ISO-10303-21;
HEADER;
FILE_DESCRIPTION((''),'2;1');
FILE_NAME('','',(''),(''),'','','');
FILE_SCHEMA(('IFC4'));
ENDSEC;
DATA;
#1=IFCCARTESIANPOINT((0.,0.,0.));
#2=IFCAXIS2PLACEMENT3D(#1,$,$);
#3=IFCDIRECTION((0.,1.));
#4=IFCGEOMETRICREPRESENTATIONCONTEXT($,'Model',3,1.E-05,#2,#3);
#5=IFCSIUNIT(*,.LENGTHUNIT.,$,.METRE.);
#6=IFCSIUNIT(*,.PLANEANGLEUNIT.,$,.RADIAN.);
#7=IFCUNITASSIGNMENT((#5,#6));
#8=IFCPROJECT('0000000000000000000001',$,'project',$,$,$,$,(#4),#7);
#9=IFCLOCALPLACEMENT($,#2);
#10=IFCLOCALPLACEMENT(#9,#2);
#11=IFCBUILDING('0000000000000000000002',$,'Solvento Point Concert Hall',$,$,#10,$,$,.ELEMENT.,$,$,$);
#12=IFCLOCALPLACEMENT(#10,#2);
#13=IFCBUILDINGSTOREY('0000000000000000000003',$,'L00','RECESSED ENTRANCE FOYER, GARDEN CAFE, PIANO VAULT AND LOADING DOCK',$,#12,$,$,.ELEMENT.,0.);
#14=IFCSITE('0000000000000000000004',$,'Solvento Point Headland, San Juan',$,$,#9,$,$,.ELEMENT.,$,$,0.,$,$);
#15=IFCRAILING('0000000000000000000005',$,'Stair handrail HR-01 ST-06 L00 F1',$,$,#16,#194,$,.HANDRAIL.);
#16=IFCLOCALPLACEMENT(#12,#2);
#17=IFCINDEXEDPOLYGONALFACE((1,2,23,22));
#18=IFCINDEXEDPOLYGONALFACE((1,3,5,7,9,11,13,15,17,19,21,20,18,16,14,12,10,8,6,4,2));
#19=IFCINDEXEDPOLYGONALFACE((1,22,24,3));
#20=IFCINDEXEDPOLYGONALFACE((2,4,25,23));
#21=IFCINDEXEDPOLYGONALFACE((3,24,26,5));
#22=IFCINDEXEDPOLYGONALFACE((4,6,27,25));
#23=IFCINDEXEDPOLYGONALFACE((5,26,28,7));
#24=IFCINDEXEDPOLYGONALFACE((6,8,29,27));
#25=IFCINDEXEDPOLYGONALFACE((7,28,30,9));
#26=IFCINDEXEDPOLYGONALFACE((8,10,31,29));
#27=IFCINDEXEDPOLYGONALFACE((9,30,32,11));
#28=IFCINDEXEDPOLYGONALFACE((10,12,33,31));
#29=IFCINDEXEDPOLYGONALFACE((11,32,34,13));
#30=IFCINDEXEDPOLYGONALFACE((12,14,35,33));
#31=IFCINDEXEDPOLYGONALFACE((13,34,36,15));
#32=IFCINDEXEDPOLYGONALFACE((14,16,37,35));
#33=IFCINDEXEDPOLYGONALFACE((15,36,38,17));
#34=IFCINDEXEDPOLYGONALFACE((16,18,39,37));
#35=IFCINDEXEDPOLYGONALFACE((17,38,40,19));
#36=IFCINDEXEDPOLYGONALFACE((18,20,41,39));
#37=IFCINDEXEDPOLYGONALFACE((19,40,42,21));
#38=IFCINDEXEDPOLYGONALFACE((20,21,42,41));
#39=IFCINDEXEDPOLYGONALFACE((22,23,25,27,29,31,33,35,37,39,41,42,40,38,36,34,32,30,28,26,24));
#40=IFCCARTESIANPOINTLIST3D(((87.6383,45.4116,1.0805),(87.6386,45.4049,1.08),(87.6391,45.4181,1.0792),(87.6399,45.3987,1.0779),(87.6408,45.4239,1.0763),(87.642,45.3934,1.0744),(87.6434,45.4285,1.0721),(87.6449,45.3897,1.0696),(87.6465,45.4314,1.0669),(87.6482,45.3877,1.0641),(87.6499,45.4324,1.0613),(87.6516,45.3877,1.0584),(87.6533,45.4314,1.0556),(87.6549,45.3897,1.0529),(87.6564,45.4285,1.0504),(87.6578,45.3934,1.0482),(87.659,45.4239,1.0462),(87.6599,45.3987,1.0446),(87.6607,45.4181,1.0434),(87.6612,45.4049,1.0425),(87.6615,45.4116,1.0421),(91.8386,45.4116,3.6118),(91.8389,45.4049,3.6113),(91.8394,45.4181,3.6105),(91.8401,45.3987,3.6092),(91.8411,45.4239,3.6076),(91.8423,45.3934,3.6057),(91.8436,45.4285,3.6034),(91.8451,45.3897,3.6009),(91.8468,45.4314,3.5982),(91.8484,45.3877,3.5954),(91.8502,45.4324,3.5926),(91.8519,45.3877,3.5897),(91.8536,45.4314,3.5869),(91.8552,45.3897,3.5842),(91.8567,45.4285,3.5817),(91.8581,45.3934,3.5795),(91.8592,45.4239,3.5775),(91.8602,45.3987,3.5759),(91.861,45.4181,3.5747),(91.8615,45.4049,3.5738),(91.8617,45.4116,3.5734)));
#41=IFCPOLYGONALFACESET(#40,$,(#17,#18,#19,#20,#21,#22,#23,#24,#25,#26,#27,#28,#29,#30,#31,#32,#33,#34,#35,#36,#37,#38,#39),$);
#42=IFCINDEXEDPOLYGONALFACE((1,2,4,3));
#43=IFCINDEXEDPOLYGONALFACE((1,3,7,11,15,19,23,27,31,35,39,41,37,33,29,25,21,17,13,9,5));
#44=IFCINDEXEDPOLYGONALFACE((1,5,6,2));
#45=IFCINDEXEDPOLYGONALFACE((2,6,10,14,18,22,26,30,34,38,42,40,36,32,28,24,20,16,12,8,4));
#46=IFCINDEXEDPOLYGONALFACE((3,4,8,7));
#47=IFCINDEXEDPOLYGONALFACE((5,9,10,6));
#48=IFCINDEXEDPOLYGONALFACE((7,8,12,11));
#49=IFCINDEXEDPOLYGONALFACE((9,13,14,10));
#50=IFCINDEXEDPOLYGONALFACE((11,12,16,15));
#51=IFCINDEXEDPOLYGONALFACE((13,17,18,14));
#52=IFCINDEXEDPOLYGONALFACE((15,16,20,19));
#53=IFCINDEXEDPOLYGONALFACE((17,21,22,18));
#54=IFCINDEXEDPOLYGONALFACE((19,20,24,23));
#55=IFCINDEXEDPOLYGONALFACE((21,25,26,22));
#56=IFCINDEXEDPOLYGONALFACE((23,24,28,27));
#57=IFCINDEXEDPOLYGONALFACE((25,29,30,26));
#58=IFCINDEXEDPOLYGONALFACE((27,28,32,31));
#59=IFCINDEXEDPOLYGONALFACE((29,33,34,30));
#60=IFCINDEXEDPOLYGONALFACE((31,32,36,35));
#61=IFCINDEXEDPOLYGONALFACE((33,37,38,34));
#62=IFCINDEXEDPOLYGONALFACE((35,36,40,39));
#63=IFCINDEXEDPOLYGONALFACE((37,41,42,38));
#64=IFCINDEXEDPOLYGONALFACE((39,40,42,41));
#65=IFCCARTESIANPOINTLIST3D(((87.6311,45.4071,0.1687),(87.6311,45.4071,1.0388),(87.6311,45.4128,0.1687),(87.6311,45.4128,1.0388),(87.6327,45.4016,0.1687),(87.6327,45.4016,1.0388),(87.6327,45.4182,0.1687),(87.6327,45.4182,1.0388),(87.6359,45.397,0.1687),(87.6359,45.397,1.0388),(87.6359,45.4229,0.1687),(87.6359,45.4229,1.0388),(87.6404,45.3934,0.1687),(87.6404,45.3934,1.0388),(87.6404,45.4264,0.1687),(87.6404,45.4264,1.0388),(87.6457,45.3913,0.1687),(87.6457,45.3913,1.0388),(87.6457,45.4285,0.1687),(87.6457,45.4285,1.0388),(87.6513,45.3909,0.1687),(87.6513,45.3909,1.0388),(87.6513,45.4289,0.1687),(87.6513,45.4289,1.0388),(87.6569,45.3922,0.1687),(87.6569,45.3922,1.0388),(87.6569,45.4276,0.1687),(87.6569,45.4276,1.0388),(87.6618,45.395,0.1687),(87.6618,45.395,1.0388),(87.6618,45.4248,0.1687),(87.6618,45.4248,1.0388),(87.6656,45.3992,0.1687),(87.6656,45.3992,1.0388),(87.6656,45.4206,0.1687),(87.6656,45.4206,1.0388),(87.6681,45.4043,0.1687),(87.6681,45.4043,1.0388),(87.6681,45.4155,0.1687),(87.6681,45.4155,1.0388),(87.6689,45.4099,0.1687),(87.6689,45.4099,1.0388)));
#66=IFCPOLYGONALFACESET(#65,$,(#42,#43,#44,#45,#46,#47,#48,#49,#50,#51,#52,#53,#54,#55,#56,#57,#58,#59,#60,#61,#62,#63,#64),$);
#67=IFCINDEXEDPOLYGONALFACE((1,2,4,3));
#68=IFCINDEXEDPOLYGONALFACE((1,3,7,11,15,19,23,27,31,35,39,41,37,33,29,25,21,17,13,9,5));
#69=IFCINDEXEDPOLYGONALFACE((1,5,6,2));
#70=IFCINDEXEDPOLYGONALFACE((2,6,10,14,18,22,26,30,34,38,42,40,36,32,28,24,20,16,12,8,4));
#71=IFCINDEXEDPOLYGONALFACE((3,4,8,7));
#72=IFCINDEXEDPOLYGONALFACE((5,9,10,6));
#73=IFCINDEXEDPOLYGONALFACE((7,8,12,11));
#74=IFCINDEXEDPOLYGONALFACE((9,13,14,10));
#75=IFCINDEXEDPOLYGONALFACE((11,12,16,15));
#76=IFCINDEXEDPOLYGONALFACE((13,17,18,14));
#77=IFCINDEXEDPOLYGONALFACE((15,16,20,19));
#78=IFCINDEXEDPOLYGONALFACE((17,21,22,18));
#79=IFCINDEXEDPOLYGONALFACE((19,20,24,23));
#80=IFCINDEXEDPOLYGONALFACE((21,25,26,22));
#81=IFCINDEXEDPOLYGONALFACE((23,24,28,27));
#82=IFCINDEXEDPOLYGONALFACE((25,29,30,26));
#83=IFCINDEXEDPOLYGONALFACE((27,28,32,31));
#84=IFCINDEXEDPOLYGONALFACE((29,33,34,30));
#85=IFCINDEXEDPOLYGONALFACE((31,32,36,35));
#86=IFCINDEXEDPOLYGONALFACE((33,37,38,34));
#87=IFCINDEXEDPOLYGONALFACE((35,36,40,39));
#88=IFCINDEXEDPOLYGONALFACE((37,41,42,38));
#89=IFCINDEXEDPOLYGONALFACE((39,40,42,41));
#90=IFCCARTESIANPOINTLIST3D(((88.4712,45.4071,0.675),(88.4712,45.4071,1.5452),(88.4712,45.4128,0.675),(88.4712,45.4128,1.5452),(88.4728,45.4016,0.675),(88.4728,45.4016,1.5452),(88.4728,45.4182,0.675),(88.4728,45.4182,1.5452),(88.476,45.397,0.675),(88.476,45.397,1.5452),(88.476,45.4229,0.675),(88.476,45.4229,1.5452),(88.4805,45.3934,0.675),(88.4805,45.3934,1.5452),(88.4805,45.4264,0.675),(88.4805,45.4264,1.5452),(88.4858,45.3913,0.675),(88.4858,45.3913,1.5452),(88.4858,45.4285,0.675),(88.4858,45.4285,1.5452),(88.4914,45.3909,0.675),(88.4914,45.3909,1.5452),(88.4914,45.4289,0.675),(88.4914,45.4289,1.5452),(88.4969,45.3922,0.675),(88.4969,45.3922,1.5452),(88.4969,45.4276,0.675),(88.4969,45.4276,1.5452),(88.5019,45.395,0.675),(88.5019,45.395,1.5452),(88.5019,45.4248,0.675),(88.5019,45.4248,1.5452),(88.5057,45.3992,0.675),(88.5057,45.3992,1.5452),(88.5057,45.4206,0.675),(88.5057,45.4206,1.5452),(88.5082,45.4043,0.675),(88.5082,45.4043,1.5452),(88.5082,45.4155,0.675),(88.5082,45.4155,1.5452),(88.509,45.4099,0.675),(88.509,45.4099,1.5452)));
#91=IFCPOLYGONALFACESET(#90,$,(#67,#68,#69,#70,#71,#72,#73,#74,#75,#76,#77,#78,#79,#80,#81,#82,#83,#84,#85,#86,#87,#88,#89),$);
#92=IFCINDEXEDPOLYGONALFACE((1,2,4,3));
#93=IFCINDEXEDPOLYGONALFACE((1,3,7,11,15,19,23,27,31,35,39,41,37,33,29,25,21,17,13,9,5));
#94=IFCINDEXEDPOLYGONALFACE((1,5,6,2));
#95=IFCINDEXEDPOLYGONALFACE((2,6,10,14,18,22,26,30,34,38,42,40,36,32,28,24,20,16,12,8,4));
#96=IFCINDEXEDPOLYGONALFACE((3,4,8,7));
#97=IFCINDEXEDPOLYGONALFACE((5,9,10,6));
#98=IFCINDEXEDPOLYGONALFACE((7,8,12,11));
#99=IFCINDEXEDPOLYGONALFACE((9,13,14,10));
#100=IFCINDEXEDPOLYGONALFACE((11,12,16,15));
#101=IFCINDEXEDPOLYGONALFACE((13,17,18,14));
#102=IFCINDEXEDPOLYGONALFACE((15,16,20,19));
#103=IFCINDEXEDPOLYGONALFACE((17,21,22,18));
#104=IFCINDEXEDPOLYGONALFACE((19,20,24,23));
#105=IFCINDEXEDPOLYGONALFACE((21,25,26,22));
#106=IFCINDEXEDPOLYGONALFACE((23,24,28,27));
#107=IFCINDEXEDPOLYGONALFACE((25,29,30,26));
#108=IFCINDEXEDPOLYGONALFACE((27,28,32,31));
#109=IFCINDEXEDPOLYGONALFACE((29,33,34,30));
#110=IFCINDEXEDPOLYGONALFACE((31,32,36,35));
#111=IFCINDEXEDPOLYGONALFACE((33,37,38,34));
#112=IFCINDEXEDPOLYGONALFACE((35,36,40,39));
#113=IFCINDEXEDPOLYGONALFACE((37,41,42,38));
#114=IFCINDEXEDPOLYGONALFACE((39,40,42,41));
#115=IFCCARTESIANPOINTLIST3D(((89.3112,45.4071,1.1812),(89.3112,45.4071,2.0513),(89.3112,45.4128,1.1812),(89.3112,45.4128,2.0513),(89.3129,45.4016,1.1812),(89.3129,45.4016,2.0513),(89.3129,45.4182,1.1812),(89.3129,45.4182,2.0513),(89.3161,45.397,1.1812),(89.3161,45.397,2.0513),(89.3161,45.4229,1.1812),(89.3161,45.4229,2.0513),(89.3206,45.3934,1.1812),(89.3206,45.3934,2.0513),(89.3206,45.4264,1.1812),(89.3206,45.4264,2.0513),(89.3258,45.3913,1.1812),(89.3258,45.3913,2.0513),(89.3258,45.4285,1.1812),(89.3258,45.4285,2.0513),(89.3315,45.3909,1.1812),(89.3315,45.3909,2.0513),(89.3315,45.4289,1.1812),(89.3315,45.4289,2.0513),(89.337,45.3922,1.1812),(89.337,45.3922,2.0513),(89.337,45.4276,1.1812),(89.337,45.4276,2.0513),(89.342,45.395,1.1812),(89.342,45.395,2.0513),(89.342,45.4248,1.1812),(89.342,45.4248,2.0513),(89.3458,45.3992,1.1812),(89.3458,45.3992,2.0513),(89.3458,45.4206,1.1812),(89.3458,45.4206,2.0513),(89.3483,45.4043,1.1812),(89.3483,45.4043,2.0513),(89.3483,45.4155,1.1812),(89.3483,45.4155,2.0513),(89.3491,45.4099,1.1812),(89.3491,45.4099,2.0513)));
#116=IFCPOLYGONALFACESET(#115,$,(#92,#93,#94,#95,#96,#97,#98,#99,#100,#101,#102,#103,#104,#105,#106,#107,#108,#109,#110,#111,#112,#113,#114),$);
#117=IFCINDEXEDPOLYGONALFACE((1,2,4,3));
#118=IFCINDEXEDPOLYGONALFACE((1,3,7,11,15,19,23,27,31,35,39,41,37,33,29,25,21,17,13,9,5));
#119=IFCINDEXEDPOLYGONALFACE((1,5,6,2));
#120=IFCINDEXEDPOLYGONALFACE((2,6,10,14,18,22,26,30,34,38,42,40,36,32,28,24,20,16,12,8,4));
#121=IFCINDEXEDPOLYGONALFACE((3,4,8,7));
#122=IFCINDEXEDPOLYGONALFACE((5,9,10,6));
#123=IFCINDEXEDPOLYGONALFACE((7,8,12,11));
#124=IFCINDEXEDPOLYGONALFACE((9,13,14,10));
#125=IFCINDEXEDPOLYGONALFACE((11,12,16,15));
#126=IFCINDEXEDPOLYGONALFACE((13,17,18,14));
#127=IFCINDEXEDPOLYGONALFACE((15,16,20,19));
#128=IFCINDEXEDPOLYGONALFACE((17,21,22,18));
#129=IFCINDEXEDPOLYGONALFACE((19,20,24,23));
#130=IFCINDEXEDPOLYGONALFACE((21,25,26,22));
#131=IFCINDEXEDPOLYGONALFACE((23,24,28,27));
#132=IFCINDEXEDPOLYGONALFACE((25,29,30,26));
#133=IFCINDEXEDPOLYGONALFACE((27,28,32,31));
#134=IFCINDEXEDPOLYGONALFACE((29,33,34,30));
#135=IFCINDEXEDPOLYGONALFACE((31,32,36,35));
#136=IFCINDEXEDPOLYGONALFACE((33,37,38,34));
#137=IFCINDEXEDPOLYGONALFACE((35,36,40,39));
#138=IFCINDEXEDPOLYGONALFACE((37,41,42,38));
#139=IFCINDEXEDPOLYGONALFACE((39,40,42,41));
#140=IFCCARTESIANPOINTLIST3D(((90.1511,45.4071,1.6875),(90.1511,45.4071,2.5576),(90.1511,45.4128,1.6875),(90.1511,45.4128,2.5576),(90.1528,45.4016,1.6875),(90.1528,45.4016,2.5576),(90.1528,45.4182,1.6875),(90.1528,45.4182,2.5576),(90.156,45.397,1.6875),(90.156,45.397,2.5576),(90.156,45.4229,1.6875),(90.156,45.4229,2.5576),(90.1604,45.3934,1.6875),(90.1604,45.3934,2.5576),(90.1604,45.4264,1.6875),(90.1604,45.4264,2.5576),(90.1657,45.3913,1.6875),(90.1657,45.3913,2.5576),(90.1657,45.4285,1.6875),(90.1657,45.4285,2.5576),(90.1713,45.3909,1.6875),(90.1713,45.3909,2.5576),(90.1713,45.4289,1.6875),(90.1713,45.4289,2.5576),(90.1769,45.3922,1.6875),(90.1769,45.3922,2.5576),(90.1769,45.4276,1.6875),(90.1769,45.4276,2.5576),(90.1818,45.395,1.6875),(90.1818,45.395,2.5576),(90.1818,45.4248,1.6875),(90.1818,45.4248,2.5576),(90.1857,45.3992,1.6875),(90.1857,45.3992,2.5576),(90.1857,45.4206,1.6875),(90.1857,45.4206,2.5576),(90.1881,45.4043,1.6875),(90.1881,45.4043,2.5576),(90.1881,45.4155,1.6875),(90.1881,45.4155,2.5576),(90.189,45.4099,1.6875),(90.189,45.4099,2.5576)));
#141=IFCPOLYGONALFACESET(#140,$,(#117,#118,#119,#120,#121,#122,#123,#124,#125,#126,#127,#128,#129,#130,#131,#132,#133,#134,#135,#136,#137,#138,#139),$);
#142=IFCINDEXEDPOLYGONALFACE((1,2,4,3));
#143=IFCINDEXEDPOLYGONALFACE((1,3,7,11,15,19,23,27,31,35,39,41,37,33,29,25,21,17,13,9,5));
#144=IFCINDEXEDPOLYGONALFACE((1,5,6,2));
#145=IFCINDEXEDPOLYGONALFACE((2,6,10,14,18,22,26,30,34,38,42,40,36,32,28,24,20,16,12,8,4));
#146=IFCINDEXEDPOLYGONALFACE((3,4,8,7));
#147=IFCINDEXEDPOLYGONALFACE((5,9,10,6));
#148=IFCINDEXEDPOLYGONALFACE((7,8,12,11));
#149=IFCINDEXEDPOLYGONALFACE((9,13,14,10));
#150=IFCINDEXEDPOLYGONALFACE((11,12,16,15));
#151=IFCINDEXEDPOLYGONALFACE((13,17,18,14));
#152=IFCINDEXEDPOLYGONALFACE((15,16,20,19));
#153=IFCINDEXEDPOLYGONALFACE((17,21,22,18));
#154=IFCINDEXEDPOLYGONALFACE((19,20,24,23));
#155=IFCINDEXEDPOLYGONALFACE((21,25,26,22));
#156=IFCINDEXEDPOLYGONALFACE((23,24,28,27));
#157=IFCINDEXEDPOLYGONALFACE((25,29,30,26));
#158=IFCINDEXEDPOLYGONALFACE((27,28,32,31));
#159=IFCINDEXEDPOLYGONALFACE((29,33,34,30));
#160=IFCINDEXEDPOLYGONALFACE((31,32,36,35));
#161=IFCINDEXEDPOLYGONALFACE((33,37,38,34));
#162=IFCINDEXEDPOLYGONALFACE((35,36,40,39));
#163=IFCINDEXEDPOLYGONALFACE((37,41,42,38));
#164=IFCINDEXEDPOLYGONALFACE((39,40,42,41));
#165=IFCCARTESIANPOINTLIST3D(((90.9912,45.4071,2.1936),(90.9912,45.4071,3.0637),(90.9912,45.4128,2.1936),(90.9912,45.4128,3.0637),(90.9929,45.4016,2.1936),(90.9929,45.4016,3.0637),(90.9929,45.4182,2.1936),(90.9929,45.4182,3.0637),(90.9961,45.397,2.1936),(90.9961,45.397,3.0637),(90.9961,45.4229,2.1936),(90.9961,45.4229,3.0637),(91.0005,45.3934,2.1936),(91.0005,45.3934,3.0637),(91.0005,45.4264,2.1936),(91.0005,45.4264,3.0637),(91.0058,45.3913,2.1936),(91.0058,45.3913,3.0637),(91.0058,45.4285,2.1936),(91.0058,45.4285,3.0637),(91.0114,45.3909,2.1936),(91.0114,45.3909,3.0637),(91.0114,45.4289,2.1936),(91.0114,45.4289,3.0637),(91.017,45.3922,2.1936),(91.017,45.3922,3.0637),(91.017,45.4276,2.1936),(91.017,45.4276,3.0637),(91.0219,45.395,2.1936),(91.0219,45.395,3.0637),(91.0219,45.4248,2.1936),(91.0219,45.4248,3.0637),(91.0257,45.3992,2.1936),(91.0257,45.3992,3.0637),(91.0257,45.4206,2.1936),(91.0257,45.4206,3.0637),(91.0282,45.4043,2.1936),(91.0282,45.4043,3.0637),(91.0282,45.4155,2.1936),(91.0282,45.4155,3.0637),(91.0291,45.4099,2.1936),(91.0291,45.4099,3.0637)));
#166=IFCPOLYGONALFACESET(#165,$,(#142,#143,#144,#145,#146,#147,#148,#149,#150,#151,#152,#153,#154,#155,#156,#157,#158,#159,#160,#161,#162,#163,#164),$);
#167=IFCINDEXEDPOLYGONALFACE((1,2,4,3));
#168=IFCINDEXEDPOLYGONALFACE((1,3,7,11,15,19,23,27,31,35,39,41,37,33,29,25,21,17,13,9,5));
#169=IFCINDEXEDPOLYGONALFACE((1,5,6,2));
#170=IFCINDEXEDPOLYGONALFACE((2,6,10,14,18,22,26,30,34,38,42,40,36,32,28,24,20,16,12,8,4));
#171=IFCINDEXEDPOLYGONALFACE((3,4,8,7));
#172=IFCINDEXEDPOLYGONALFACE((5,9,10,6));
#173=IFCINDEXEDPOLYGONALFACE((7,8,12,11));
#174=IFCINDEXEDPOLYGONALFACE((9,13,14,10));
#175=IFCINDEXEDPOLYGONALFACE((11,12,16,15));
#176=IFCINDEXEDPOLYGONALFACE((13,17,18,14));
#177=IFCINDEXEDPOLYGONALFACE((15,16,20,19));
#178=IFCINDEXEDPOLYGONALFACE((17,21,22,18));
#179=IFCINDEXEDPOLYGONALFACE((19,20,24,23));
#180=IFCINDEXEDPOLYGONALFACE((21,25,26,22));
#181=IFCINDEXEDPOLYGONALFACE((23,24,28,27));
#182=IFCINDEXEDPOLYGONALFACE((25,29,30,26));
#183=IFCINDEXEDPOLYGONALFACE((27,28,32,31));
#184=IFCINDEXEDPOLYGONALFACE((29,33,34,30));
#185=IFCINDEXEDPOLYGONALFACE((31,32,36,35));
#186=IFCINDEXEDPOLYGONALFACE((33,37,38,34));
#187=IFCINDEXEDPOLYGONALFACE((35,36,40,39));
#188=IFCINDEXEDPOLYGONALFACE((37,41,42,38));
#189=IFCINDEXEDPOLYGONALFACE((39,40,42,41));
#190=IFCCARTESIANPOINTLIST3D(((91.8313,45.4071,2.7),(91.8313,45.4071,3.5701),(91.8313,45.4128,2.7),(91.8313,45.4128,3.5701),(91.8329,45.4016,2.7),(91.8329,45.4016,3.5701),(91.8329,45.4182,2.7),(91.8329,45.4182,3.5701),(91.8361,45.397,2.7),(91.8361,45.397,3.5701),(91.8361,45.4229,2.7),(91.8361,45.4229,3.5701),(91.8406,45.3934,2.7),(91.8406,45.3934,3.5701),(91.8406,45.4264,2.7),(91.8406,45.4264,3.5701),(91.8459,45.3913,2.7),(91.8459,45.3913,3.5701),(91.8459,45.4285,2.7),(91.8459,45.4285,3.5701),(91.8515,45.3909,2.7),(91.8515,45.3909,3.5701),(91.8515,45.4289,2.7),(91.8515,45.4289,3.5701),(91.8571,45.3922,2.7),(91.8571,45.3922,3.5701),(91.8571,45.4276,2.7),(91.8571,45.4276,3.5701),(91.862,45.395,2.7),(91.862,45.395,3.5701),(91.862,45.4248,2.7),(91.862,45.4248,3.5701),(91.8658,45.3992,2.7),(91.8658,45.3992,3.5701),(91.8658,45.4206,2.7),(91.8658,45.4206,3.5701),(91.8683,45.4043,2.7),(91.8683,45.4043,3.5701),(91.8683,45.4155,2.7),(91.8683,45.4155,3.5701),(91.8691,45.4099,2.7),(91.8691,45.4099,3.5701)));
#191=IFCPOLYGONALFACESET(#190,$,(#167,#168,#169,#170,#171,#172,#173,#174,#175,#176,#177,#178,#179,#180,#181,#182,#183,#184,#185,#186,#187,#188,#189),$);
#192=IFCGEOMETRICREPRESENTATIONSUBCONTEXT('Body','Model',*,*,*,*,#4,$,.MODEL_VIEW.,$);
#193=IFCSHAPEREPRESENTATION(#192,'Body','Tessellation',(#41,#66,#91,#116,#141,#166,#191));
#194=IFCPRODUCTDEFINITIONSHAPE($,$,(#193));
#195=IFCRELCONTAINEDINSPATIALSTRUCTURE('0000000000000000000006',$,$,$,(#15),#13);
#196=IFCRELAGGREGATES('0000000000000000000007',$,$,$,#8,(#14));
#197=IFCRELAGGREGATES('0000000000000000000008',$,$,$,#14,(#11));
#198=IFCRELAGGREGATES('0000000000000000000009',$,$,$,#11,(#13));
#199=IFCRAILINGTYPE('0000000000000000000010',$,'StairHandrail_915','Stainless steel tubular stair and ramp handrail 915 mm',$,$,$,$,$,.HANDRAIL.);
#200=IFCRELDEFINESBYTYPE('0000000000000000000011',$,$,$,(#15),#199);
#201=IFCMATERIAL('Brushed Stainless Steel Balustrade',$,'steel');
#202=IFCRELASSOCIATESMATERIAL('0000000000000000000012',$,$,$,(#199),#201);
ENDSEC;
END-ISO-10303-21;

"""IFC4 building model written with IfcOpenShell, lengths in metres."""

from ifc_helpers import new_model, si_unit, direction, frame, origin, origin_2d, place, context, subcontext, project, spatial, circle, extrude, material, type_object, element, save


model = new_model("IFC4")

# Units and contexts
model_context = context("Model", 3, precision=1e-05, world=origin(), true_north=direction((0.0, 1.0)))
body_context = subcontext(model_context, "Body", "Model", "MODEL_VIEW")
ifc_project = project(units=[si_unit("LENGTHUNIT", "METRE"), si_unit("PLANEANGLEUNIT", "RADIAN")], contexts=[model_context])

# Site, building, storey
site_placement = place(None, origin())
site = spatial("IfcSite", under=ifc_project, at=site_placement, Name="Solvento Point Headland, San Juan", CompositionType="ELEMENT", RefElevation=0.0)
building_placement = place(site_placement, origin())
building = spatial("IfcBuilding", under=site, at=building_placement, Name="Solvento Point Concert Hall", CompositionType="ELEMENT")
storey_placement = place(building_placement, origin())
storey = spatial("IfcBuildingStorey", under=building, at=storey_placement, Name="L00", Description="RECESSED ENTRANCE FOYER, GARDEN CAFE, PIANO VAULT AND LOADING DOCK", CompositionType="ELEMENT", Elevation=0.0)

# Railing
ifc_material_1 = material(Name="Brushed Stainless Steel Balustrade", Category="steel")
railing_type = type_object("IfcRailingType", Name="StairHandrail_915", Description="Stainless steel tubular stair and ramp handrail 915 mm", PredefinedType="HANDRAIL", material=ifc_material_1)
railing_placement = place(storey_placement, frame((87.6499, 45.4099, 0.1687)))
element("IfcRailing", 1, at=railing_placement, inside=storey, type_object=railing_type, Name="Stair handrail HR-01 ST-06 L00 F1", PredefinedType="HANDRAIL", context=body_context, shape_type="SweptSolid", body=[
    extrude(circle(Radius=0.0225, at=origin_2d()), frame((0.0, 0.0, 0.8926), z_axis=(0.85649, 0.0, 0.516164), x_axis=(0.0, 1.0, 0.0)), (0.0, 0.0, 1.0), 4.9041),
    extrude(circle(Radius=0.019, at=origin_2d()), origin(), (0.0, 0.0, 1.0), 0.8701),
    extrude(circle(Radius=0.019, at=origin_2d()), frame((0.8401, 0.0, 0.5063)), (0.0, 0.0, 1.0), 0.8701),
    extrude(circle(Radius=0.019, at=origin_2d()), frame((1.6802, 0.0, 1.0125)), (0.0, 0.0, 1.0), 0.8701),
    extrude(circle(Radius=0.019, at=origin_2d()), frame((2.52, 0.0, 1.5188)), (0.0, 0.0, 1.0), 0.8701),
    extrude(circle(Radius=0.019, at=origin_2d()), frame((3.3601, 0.0, 2.0249)), (0.0, 0.0, 1.0), 0.8701),
    extrude(circle(Radius=0.019, at=origin_2d()), frame((4.2002, 0.0, 2.5312)), (0.0, 0.0, 1.0), 0.8701),
])

save(model, "model.ifc")
